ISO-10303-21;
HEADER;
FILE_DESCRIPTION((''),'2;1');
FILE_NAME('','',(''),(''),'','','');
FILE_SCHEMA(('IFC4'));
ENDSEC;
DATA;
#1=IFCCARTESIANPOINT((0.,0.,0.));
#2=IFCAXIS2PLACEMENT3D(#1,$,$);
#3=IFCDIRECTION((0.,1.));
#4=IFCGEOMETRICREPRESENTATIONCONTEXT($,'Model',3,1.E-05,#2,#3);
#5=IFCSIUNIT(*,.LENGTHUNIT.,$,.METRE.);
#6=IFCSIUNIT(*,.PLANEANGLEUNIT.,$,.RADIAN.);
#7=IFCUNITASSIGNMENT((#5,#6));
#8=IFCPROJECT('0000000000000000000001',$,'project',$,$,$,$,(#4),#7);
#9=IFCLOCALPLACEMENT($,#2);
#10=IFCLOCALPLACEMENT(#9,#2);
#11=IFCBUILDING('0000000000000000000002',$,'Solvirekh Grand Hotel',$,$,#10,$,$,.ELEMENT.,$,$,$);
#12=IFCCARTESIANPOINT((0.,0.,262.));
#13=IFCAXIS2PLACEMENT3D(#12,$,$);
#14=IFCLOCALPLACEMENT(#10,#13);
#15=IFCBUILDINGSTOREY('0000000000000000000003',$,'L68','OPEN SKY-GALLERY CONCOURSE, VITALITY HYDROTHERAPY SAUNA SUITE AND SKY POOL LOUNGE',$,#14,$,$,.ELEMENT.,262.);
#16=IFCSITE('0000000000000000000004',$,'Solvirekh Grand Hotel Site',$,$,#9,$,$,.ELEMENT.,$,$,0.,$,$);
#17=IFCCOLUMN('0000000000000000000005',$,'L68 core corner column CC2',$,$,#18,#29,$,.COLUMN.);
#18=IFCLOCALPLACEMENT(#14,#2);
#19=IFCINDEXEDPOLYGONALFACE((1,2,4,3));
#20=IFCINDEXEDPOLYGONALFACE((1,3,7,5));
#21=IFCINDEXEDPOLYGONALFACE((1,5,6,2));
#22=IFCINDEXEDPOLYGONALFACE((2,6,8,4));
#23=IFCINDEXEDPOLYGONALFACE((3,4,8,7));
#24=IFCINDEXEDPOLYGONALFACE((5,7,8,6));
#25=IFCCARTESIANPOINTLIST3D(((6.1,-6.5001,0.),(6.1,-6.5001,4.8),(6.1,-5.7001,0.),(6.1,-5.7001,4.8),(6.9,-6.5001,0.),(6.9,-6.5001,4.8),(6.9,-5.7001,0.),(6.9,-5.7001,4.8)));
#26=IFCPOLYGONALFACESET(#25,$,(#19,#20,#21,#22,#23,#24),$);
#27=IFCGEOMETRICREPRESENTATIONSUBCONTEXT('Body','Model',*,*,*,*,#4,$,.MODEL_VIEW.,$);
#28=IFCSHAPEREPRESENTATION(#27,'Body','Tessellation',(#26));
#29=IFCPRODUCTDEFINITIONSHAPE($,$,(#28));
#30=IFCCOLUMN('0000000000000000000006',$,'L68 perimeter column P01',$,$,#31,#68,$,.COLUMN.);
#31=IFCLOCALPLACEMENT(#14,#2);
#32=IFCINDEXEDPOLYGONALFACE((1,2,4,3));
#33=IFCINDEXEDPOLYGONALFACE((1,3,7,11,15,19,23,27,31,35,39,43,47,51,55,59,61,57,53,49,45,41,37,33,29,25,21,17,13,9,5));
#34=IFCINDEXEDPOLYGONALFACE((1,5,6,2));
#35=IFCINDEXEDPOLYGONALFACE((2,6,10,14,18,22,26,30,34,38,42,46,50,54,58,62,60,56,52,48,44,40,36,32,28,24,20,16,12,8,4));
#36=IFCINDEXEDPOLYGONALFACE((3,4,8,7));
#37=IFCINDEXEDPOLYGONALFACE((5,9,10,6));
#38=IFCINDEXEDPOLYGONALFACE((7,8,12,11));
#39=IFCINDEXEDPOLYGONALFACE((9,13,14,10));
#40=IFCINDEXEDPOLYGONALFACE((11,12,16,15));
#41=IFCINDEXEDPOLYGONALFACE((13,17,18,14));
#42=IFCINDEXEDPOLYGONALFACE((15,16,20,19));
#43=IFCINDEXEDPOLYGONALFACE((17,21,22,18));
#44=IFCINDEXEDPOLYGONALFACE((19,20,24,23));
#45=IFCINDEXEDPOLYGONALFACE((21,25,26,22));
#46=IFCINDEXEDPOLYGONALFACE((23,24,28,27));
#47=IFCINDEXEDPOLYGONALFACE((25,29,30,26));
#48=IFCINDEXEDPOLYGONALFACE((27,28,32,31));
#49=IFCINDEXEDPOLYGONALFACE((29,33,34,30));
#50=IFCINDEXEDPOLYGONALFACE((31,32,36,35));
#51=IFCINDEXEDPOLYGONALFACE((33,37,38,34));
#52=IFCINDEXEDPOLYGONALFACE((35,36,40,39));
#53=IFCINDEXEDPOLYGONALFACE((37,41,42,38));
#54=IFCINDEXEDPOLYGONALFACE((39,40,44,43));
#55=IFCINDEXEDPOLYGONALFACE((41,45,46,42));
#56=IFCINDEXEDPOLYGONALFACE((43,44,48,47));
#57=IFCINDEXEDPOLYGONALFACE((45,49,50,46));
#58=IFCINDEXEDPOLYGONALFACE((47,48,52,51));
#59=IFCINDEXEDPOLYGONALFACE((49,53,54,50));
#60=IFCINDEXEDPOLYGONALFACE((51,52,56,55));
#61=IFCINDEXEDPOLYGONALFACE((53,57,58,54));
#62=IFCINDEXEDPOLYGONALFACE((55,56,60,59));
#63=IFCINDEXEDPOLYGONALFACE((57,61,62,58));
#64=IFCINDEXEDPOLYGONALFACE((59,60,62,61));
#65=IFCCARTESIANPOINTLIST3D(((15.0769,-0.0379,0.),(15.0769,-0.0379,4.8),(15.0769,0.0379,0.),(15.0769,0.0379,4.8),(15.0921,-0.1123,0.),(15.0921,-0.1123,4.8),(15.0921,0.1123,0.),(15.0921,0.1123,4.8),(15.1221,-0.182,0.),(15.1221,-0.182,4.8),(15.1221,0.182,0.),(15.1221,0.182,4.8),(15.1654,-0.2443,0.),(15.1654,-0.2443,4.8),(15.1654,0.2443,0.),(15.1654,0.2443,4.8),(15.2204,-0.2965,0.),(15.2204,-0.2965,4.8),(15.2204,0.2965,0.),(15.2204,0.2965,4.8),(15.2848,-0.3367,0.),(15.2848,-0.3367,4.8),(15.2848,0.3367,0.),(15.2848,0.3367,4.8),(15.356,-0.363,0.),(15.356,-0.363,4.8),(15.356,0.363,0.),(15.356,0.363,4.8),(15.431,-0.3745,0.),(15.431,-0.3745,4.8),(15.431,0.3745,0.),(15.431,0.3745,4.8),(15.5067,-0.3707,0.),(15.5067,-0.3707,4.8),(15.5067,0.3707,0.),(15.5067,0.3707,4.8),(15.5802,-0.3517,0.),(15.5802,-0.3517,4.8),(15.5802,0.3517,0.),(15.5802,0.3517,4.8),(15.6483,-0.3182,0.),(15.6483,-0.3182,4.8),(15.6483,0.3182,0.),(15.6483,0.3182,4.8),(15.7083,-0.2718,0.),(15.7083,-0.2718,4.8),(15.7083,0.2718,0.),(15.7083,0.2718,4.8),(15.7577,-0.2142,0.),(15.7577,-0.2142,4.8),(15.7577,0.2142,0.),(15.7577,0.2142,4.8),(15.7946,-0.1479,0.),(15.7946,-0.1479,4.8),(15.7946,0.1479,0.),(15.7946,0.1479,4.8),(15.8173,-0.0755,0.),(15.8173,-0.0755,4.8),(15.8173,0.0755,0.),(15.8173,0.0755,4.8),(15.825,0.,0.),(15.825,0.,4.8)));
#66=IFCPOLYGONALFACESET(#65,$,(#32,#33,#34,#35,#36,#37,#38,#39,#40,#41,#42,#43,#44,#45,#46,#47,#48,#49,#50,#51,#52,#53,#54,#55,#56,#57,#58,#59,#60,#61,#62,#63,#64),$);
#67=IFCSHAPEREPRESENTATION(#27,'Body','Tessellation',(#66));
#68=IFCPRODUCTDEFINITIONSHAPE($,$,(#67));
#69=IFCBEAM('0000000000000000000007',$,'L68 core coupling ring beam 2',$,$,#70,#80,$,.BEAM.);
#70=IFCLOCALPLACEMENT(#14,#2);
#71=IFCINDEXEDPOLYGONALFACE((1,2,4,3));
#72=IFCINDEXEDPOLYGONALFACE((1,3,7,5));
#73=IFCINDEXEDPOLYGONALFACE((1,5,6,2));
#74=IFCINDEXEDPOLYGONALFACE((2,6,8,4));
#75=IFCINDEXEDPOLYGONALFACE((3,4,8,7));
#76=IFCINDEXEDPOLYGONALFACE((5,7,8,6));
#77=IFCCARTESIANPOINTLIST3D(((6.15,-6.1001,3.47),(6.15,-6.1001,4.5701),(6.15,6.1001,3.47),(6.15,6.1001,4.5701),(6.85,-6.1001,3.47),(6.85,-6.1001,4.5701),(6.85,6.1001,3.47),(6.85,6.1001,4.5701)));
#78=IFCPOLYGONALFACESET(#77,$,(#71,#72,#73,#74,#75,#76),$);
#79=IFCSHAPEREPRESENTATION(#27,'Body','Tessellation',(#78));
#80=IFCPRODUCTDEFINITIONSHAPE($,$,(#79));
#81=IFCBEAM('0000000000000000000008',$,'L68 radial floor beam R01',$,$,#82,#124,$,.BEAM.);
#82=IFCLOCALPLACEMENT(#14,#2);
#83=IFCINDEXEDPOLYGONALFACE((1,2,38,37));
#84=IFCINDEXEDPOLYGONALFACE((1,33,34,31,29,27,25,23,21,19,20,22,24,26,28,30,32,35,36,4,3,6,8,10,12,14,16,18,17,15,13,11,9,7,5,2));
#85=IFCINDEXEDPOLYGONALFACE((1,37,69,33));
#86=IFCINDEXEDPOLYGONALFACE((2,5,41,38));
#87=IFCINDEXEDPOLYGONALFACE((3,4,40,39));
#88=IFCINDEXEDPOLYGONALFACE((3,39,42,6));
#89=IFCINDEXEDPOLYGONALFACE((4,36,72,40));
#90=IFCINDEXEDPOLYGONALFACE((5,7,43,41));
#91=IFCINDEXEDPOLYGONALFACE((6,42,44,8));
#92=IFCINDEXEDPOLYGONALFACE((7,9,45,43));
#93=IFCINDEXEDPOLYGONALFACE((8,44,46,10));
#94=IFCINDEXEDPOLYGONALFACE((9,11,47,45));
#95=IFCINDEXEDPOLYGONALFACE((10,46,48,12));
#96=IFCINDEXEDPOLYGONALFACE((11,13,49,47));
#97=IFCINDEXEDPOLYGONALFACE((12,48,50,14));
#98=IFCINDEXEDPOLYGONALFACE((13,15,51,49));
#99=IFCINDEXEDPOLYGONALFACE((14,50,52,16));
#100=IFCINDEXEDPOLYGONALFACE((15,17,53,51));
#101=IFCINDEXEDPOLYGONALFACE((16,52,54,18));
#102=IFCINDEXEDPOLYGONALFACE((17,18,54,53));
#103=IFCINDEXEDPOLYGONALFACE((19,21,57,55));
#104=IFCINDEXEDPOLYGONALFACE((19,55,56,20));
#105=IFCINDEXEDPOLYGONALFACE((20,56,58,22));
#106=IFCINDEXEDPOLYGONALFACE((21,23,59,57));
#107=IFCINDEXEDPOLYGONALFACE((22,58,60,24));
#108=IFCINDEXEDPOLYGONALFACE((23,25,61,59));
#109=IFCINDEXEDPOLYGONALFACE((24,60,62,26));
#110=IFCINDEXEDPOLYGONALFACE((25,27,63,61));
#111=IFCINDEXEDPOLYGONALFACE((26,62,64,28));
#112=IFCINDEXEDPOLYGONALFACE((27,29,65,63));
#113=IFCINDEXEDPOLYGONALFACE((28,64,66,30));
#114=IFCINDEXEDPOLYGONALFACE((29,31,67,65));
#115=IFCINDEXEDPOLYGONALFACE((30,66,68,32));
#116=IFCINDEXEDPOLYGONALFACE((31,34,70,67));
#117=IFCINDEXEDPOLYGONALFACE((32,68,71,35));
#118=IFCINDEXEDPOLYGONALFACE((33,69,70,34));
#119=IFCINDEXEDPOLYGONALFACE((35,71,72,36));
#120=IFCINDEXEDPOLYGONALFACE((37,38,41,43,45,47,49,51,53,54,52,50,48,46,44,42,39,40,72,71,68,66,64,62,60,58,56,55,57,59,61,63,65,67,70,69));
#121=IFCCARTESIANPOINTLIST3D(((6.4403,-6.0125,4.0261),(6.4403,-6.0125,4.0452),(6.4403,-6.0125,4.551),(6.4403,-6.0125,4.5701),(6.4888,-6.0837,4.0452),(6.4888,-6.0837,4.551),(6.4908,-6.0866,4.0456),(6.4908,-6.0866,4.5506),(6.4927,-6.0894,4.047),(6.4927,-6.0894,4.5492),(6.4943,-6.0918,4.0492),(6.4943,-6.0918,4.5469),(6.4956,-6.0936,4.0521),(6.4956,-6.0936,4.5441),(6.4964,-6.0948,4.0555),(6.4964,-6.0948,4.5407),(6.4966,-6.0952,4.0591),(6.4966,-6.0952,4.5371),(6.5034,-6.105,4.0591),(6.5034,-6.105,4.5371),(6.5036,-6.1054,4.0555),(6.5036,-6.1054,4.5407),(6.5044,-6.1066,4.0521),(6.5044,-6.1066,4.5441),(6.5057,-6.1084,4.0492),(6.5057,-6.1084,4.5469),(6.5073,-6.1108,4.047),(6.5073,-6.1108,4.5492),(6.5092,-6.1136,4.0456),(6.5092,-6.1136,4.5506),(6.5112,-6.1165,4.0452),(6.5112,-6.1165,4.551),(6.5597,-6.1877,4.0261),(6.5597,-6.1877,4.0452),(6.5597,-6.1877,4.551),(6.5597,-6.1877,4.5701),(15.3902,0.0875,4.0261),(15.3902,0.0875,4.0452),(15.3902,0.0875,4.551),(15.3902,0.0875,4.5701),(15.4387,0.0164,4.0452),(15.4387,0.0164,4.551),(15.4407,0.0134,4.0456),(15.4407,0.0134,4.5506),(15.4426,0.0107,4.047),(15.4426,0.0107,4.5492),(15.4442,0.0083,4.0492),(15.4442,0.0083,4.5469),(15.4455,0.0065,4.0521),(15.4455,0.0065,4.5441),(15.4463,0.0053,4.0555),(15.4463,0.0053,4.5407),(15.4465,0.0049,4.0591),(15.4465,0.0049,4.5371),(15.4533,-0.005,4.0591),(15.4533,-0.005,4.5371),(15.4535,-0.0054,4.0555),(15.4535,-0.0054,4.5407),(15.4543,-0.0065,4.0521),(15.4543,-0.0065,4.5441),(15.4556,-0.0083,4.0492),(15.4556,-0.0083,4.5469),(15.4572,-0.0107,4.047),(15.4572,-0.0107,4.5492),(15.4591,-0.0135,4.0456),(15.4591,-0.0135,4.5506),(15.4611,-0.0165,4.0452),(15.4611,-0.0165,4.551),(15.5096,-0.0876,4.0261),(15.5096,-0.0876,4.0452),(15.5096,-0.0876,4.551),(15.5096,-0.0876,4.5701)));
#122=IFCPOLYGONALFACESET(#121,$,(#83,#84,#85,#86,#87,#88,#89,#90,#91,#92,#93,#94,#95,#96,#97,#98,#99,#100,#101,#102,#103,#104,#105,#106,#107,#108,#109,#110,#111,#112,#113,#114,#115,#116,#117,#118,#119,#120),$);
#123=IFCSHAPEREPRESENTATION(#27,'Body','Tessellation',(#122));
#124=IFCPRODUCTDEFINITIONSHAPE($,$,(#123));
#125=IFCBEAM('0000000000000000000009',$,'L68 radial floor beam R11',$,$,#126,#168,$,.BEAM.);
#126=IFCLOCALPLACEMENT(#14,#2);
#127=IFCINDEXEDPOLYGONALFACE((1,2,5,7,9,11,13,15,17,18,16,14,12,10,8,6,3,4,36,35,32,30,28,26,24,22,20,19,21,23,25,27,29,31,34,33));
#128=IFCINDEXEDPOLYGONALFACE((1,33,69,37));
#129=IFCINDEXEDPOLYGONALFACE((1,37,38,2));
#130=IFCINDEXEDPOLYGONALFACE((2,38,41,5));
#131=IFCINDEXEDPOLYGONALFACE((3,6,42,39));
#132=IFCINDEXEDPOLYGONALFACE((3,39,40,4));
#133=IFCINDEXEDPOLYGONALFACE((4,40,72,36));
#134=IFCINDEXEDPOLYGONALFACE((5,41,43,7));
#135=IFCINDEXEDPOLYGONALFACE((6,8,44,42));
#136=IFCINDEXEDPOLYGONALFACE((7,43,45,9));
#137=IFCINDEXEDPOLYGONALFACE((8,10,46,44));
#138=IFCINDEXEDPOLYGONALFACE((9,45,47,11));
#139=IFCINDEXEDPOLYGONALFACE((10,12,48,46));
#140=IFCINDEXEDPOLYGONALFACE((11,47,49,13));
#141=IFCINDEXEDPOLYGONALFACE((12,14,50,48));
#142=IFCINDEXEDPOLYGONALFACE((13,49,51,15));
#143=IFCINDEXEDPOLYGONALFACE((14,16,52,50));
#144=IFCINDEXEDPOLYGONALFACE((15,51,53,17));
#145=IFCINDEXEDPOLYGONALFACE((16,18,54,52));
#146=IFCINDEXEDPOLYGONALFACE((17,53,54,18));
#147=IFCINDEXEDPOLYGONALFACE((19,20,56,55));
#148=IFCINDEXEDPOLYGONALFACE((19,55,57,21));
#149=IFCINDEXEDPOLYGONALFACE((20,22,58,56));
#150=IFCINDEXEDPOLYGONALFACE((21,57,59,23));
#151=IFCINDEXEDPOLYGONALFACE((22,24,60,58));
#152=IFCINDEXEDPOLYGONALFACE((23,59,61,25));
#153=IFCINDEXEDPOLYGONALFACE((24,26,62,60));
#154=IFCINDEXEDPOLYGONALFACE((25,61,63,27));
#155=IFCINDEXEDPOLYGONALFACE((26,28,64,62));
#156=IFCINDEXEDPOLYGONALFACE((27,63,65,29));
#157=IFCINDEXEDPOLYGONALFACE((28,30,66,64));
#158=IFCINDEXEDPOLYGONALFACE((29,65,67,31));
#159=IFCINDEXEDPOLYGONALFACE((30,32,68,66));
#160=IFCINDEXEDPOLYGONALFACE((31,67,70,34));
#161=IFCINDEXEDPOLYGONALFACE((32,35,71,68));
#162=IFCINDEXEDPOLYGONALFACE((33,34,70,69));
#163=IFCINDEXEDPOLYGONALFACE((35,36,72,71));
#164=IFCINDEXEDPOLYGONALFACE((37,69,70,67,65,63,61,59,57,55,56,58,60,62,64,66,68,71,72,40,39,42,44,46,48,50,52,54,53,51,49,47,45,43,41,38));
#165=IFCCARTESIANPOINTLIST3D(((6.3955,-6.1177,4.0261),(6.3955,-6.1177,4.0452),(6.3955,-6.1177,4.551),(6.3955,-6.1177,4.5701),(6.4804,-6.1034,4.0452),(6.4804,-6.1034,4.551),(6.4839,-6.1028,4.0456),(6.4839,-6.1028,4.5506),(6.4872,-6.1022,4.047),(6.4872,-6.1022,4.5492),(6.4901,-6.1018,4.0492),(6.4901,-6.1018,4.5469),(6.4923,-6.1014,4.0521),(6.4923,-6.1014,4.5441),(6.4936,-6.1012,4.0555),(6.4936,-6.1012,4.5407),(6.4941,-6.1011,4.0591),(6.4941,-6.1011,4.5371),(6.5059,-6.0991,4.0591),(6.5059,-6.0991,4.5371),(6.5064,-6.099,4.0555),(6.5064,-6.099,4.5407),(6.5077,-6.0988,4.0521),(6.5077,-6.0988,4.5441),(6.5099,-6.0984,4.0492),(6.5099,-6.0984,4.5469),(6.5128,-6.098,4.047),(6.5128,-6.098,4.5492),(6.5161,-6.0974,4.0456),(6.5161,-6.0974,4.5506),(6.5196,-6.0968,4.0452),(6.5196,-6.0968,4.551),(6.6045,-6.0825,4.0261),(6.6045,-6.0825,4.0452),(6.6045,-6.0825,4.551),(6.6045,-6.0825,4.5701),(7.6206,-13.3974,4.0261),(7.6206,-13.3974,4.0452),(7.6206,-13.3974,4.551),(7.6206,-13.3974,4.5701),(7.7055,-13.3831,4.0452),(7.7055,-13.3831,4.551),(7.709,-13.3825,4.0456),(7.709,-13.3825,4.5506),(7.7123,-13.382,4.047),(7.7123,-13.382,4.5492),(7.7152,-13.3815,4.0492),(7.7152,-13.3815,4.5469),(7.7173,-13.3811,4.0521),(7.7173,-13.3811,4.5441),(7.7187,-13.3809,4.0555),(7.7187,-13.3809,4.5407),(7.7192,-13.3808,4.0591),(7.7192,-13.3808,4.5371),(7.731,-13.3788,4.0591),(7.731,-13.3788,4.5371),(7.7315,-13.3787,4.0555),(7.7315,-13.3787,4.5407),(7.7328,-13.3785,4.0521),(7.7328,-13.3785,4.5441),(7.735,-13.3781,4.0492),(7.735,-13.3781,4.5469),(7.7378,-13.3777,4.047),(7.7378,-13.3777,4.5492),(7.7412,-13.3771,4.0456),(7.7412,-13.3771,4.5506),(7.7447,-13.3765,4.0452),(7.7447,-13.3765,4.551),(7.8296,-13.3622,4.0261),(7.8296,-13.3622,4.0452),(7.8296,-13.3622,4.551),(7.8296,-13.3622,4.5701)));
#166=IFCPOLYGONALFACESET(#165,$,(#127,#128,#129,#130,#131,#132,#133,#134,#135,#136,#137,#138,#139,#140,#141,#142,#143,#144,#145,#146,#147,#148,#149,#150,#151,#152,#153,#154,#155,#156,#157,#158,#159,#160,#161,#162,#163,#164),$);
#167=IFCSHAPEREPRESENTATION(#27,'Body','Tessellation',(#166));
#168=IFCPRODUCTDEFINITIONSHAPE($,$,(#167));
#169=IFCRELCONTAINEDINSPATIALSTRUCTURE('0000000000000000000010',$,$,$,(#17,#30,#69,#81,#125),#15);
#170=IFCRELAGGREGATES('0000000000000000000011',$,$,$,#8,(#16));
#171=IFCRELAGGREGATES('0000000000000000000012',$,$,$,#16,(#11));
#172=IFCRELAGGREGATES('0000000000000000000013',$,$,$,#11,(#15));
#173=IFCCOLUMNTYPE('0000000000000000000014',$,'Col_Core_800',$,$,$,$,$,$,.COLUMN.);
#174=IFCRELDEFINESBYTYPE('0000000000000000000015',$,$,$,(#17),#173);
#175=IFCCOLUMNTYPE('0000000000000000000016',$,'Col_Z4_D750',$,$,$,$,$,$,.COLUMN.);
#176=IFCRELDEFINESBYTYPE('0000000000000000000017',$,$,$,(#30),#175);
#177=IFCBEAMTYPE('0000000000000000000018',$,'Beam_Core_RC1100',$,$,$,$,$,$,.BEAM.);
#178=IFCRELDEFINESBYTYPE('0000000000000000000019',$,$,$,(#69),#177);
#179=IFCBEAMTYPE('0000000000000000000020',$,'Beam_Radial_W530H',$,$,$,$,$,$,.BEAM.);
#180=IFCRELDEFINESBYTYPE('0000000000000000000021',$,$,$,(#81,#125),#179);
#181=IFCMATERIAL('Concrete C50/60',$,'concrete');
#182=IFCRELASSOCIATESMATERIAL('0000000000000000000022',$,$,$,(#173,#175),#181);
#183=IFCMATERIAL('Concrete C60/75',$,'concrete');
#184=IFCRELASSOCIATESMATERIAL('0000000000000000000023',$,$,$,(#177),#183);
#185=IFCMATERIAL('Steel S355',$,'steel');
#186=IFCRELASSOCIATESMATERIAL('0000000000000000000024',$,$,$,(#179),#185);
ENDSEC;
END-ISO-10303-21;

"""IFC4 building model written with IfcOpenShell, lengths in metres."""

from ifc_helpers import new_model, si_unit, direction, frame, origin, origin_2d, place, context, subcontext, project, spatial, rectangle, circle, i_section, extrude, material, material_profile, profile_set, type_object, element, save


model = new_model("IFC4")

# Units and contexts
model_context = context("Model", 3, precision=1e-05, world=origin(), true_north=direction((0.0, 1.0)))
body_context = subcontext(model_context, "Body", "Model", "MODEL_VIEW")
ifc_project = project(units=[si_unit("LENGTHUNIT", "METRE"), si_unit("PLANEANGLEUNIT", "RADIAN")], contexts=[model_context])

# Site, building, storey
site_placement = place(None, origin())
site = spatial("IfcSite", under=ifc_project, at=site_placement, Name="Solvirekh Grand Hotel Site", CompositionType="ELEMENT", RefElevation=0.0)
building_placement = place(site_placement, origin())
building = spatial("IfcBuilding", under=site, at=building_placement, Name="Solvirekh Grand Hotel", CompositionType="ELEMENT")
storey_placement = place(building_placement, frame((0.0, 0.0, 262.0)))
storey = spatial("IfcBuildingStorey", under=building, at=storey_placement, Name="L68", Description="OPEN SKY-GALLERY CONCOURSE, VITALITY HYDROTHERAPY SAUNA SUITE AND SKY POOL LOUNGE", CompositionType="ELEMENT", Elevation=262.0)

# Columns
ifc_material_1 = material(Name="Concrete C50/60", Category="concrete")
ifc_material_profile_1 = material_profile(ifc_material_1, rectangle(XDim=0.8, YDim=0.8, at=origin_2d()), Name="RC 800X800")
ifc_profile_set_1 = profile_set([ifc_material_profile_1], Name="Concrete C50/60")
column_type_1 = type_object("IfcColumnType", Name="Col_Core_800", PredefinedType="COLUMN", material=ifc_profile_set_1)
column_1_placement = place(storey_placement, frame((6.5, -6.1001, 0.0), z_axis=(0.0, 0.0, 1.0), x_axis=(1.0, 0.0, 0.0)))
element("IfcColumn", 1, at=column_1_placement, inside=storey, type_object=column_type_1, Name="L68 core corner column CC2", PredefinedType="COLUMN", context=body_context, shape_type="SweptSolid", body=[
    extrude(rectangle(XDim=0.8, YDim=0.8, at=origin_2d()), origin(), (0.0, 0.0, 1.0), 4.8),
])
ifc_material_profile_2 = material_profile(ifc_material_1, circle(Radius=0.375, at=origin_2d()), Name="RC CIRC D750")
ifc_profile_set_2 = profile_set([ifc_material_profile_2], Name="Concrete C50/60")
column_type_2 = type_object("IfcColumnType", Name="Col_Z4_D750", PredefinedType="COLUMN", material=ifc_profile_set_2)
column_2_placement = place(storey_placement, frame((15.45, 0.0, 0.0), z_axis=(0.0, 0.0, 1.0), x_axis=(1.0, 0.0, 0.0)))
element("IfcColumn", 2, at=column_2_placement, inside=storey, type_object=column_type_2, Name="L68 perimeter column P01", PredefinedType="COLUMN", context=body_context, shape_type="SweptSolid", body=[
    extrude(circle(Radius=0.375, at=origin_2d()), origin(), (0.0, 0.0, 1.0), 4.8),
])

# Beams
ifc_material_2 = material(Name="Concrete C60/75", Category="concrete")
ifc_material_profile_3 = material_profile(ifc_material_2, rectangle(XDim=0.7, YDim=1.1001, at=origin_2d()), Name="RC BEAM 700X1100")
ifc_profile_set_3 = profile_set([ifc_material_profile_3], Name="Concrete C60/75")
beam_type_1 = type_object("IfcBeamType", Name="Beam_Core_RC1100", PredefinedType="BEAM", material=ifc_profile_set_3)
beam_1_placement = place(storey_placement, frame((6.5, -6.1001, 4.02), z_axis=(0.0, 1.0, 0.0), x_axis=(-1.0, 0.0, 0.0)))
element("IfcBeam", 3, at=beam_1_placement, inside=storey, type_object=beam_type_1, Name="L68 core coupling ring beam 2", PredefinedType="BEAM", context=body_context, shape_type="SweptSolid", body=[
    extrude(rectangle(XDim=0.7, YDim=1.1001, at=origin_2d()), origin(), (0.0, 0.0, 1.0), 12.2002),
])
ifc_material_3 = material(Name="Steel S355", Category="steel")
ifc_material_profile_4 = material_profile(ifc_material_3, i_section(OverallWidth=0.2119, OverallDepth=0.5439, WebThickness=0.012, FlangeThickness=0.019, FilletRadius=0.0139, at=origin_2d()), Name="W530X123")
ifc_profile_set_4 = profile_set([ifc_material_profile_4], Name="Steel S355")
beam_type_2 = type_object("IfcBeamType", Name="Beam_Radial_W530H", PredefinedType="BEAM", material=ifc_profile_set_4)
beam_2_placement = place(storey_placement, frame((6.5, -6.1001, 4.2981), z_axis=(0.826319, 0.563202, 0.0), x_axis=(-0.563202, 0.826319, 0.0)))
element("IfcBeam", 4, at=beam_2_placement, inside=storey, type_object=beam_type_2, Name="L68 radial floor beam R01", PredefinedType="BEAM", context=body_context, shape_type="SweptSolid", body=[
    extrude(i_section(OverallWidth=0.2119, OverallDepth=0.5439, WebThickness=0.012, FlangeThickness=0.019, FilletRadius=0.0139, at=origin_2d()), origin(), (0.0, 0.0, 1.0), 10.8311),
])
beam_3_placement = place(storey_placement, frame((6.5, -6.1001, 4.2981), z_axis=(0.165954, -0.986133, 0.0), x_axis=(0.986133, 0.165954, 0.0)))
element("IfcBeam", 5, at=beam_3_placement, inside=storey, type_object=beam_type_2, Name="L68 radial floor beam R11", PredefinedType="BEAM", context=body_context, shape_type="SweptSolid", body=[
    extrude(i_section(OverallWidth=0.2119, OverallDepth=0.5439, WebThickness=0.012, FlangeThickness=0.019, FilletRadius=0.0139, at=origin_2d()), origin(), (0.0, 0.0, 1.0), 7.3821),
])

save(model, "model.ifc")
